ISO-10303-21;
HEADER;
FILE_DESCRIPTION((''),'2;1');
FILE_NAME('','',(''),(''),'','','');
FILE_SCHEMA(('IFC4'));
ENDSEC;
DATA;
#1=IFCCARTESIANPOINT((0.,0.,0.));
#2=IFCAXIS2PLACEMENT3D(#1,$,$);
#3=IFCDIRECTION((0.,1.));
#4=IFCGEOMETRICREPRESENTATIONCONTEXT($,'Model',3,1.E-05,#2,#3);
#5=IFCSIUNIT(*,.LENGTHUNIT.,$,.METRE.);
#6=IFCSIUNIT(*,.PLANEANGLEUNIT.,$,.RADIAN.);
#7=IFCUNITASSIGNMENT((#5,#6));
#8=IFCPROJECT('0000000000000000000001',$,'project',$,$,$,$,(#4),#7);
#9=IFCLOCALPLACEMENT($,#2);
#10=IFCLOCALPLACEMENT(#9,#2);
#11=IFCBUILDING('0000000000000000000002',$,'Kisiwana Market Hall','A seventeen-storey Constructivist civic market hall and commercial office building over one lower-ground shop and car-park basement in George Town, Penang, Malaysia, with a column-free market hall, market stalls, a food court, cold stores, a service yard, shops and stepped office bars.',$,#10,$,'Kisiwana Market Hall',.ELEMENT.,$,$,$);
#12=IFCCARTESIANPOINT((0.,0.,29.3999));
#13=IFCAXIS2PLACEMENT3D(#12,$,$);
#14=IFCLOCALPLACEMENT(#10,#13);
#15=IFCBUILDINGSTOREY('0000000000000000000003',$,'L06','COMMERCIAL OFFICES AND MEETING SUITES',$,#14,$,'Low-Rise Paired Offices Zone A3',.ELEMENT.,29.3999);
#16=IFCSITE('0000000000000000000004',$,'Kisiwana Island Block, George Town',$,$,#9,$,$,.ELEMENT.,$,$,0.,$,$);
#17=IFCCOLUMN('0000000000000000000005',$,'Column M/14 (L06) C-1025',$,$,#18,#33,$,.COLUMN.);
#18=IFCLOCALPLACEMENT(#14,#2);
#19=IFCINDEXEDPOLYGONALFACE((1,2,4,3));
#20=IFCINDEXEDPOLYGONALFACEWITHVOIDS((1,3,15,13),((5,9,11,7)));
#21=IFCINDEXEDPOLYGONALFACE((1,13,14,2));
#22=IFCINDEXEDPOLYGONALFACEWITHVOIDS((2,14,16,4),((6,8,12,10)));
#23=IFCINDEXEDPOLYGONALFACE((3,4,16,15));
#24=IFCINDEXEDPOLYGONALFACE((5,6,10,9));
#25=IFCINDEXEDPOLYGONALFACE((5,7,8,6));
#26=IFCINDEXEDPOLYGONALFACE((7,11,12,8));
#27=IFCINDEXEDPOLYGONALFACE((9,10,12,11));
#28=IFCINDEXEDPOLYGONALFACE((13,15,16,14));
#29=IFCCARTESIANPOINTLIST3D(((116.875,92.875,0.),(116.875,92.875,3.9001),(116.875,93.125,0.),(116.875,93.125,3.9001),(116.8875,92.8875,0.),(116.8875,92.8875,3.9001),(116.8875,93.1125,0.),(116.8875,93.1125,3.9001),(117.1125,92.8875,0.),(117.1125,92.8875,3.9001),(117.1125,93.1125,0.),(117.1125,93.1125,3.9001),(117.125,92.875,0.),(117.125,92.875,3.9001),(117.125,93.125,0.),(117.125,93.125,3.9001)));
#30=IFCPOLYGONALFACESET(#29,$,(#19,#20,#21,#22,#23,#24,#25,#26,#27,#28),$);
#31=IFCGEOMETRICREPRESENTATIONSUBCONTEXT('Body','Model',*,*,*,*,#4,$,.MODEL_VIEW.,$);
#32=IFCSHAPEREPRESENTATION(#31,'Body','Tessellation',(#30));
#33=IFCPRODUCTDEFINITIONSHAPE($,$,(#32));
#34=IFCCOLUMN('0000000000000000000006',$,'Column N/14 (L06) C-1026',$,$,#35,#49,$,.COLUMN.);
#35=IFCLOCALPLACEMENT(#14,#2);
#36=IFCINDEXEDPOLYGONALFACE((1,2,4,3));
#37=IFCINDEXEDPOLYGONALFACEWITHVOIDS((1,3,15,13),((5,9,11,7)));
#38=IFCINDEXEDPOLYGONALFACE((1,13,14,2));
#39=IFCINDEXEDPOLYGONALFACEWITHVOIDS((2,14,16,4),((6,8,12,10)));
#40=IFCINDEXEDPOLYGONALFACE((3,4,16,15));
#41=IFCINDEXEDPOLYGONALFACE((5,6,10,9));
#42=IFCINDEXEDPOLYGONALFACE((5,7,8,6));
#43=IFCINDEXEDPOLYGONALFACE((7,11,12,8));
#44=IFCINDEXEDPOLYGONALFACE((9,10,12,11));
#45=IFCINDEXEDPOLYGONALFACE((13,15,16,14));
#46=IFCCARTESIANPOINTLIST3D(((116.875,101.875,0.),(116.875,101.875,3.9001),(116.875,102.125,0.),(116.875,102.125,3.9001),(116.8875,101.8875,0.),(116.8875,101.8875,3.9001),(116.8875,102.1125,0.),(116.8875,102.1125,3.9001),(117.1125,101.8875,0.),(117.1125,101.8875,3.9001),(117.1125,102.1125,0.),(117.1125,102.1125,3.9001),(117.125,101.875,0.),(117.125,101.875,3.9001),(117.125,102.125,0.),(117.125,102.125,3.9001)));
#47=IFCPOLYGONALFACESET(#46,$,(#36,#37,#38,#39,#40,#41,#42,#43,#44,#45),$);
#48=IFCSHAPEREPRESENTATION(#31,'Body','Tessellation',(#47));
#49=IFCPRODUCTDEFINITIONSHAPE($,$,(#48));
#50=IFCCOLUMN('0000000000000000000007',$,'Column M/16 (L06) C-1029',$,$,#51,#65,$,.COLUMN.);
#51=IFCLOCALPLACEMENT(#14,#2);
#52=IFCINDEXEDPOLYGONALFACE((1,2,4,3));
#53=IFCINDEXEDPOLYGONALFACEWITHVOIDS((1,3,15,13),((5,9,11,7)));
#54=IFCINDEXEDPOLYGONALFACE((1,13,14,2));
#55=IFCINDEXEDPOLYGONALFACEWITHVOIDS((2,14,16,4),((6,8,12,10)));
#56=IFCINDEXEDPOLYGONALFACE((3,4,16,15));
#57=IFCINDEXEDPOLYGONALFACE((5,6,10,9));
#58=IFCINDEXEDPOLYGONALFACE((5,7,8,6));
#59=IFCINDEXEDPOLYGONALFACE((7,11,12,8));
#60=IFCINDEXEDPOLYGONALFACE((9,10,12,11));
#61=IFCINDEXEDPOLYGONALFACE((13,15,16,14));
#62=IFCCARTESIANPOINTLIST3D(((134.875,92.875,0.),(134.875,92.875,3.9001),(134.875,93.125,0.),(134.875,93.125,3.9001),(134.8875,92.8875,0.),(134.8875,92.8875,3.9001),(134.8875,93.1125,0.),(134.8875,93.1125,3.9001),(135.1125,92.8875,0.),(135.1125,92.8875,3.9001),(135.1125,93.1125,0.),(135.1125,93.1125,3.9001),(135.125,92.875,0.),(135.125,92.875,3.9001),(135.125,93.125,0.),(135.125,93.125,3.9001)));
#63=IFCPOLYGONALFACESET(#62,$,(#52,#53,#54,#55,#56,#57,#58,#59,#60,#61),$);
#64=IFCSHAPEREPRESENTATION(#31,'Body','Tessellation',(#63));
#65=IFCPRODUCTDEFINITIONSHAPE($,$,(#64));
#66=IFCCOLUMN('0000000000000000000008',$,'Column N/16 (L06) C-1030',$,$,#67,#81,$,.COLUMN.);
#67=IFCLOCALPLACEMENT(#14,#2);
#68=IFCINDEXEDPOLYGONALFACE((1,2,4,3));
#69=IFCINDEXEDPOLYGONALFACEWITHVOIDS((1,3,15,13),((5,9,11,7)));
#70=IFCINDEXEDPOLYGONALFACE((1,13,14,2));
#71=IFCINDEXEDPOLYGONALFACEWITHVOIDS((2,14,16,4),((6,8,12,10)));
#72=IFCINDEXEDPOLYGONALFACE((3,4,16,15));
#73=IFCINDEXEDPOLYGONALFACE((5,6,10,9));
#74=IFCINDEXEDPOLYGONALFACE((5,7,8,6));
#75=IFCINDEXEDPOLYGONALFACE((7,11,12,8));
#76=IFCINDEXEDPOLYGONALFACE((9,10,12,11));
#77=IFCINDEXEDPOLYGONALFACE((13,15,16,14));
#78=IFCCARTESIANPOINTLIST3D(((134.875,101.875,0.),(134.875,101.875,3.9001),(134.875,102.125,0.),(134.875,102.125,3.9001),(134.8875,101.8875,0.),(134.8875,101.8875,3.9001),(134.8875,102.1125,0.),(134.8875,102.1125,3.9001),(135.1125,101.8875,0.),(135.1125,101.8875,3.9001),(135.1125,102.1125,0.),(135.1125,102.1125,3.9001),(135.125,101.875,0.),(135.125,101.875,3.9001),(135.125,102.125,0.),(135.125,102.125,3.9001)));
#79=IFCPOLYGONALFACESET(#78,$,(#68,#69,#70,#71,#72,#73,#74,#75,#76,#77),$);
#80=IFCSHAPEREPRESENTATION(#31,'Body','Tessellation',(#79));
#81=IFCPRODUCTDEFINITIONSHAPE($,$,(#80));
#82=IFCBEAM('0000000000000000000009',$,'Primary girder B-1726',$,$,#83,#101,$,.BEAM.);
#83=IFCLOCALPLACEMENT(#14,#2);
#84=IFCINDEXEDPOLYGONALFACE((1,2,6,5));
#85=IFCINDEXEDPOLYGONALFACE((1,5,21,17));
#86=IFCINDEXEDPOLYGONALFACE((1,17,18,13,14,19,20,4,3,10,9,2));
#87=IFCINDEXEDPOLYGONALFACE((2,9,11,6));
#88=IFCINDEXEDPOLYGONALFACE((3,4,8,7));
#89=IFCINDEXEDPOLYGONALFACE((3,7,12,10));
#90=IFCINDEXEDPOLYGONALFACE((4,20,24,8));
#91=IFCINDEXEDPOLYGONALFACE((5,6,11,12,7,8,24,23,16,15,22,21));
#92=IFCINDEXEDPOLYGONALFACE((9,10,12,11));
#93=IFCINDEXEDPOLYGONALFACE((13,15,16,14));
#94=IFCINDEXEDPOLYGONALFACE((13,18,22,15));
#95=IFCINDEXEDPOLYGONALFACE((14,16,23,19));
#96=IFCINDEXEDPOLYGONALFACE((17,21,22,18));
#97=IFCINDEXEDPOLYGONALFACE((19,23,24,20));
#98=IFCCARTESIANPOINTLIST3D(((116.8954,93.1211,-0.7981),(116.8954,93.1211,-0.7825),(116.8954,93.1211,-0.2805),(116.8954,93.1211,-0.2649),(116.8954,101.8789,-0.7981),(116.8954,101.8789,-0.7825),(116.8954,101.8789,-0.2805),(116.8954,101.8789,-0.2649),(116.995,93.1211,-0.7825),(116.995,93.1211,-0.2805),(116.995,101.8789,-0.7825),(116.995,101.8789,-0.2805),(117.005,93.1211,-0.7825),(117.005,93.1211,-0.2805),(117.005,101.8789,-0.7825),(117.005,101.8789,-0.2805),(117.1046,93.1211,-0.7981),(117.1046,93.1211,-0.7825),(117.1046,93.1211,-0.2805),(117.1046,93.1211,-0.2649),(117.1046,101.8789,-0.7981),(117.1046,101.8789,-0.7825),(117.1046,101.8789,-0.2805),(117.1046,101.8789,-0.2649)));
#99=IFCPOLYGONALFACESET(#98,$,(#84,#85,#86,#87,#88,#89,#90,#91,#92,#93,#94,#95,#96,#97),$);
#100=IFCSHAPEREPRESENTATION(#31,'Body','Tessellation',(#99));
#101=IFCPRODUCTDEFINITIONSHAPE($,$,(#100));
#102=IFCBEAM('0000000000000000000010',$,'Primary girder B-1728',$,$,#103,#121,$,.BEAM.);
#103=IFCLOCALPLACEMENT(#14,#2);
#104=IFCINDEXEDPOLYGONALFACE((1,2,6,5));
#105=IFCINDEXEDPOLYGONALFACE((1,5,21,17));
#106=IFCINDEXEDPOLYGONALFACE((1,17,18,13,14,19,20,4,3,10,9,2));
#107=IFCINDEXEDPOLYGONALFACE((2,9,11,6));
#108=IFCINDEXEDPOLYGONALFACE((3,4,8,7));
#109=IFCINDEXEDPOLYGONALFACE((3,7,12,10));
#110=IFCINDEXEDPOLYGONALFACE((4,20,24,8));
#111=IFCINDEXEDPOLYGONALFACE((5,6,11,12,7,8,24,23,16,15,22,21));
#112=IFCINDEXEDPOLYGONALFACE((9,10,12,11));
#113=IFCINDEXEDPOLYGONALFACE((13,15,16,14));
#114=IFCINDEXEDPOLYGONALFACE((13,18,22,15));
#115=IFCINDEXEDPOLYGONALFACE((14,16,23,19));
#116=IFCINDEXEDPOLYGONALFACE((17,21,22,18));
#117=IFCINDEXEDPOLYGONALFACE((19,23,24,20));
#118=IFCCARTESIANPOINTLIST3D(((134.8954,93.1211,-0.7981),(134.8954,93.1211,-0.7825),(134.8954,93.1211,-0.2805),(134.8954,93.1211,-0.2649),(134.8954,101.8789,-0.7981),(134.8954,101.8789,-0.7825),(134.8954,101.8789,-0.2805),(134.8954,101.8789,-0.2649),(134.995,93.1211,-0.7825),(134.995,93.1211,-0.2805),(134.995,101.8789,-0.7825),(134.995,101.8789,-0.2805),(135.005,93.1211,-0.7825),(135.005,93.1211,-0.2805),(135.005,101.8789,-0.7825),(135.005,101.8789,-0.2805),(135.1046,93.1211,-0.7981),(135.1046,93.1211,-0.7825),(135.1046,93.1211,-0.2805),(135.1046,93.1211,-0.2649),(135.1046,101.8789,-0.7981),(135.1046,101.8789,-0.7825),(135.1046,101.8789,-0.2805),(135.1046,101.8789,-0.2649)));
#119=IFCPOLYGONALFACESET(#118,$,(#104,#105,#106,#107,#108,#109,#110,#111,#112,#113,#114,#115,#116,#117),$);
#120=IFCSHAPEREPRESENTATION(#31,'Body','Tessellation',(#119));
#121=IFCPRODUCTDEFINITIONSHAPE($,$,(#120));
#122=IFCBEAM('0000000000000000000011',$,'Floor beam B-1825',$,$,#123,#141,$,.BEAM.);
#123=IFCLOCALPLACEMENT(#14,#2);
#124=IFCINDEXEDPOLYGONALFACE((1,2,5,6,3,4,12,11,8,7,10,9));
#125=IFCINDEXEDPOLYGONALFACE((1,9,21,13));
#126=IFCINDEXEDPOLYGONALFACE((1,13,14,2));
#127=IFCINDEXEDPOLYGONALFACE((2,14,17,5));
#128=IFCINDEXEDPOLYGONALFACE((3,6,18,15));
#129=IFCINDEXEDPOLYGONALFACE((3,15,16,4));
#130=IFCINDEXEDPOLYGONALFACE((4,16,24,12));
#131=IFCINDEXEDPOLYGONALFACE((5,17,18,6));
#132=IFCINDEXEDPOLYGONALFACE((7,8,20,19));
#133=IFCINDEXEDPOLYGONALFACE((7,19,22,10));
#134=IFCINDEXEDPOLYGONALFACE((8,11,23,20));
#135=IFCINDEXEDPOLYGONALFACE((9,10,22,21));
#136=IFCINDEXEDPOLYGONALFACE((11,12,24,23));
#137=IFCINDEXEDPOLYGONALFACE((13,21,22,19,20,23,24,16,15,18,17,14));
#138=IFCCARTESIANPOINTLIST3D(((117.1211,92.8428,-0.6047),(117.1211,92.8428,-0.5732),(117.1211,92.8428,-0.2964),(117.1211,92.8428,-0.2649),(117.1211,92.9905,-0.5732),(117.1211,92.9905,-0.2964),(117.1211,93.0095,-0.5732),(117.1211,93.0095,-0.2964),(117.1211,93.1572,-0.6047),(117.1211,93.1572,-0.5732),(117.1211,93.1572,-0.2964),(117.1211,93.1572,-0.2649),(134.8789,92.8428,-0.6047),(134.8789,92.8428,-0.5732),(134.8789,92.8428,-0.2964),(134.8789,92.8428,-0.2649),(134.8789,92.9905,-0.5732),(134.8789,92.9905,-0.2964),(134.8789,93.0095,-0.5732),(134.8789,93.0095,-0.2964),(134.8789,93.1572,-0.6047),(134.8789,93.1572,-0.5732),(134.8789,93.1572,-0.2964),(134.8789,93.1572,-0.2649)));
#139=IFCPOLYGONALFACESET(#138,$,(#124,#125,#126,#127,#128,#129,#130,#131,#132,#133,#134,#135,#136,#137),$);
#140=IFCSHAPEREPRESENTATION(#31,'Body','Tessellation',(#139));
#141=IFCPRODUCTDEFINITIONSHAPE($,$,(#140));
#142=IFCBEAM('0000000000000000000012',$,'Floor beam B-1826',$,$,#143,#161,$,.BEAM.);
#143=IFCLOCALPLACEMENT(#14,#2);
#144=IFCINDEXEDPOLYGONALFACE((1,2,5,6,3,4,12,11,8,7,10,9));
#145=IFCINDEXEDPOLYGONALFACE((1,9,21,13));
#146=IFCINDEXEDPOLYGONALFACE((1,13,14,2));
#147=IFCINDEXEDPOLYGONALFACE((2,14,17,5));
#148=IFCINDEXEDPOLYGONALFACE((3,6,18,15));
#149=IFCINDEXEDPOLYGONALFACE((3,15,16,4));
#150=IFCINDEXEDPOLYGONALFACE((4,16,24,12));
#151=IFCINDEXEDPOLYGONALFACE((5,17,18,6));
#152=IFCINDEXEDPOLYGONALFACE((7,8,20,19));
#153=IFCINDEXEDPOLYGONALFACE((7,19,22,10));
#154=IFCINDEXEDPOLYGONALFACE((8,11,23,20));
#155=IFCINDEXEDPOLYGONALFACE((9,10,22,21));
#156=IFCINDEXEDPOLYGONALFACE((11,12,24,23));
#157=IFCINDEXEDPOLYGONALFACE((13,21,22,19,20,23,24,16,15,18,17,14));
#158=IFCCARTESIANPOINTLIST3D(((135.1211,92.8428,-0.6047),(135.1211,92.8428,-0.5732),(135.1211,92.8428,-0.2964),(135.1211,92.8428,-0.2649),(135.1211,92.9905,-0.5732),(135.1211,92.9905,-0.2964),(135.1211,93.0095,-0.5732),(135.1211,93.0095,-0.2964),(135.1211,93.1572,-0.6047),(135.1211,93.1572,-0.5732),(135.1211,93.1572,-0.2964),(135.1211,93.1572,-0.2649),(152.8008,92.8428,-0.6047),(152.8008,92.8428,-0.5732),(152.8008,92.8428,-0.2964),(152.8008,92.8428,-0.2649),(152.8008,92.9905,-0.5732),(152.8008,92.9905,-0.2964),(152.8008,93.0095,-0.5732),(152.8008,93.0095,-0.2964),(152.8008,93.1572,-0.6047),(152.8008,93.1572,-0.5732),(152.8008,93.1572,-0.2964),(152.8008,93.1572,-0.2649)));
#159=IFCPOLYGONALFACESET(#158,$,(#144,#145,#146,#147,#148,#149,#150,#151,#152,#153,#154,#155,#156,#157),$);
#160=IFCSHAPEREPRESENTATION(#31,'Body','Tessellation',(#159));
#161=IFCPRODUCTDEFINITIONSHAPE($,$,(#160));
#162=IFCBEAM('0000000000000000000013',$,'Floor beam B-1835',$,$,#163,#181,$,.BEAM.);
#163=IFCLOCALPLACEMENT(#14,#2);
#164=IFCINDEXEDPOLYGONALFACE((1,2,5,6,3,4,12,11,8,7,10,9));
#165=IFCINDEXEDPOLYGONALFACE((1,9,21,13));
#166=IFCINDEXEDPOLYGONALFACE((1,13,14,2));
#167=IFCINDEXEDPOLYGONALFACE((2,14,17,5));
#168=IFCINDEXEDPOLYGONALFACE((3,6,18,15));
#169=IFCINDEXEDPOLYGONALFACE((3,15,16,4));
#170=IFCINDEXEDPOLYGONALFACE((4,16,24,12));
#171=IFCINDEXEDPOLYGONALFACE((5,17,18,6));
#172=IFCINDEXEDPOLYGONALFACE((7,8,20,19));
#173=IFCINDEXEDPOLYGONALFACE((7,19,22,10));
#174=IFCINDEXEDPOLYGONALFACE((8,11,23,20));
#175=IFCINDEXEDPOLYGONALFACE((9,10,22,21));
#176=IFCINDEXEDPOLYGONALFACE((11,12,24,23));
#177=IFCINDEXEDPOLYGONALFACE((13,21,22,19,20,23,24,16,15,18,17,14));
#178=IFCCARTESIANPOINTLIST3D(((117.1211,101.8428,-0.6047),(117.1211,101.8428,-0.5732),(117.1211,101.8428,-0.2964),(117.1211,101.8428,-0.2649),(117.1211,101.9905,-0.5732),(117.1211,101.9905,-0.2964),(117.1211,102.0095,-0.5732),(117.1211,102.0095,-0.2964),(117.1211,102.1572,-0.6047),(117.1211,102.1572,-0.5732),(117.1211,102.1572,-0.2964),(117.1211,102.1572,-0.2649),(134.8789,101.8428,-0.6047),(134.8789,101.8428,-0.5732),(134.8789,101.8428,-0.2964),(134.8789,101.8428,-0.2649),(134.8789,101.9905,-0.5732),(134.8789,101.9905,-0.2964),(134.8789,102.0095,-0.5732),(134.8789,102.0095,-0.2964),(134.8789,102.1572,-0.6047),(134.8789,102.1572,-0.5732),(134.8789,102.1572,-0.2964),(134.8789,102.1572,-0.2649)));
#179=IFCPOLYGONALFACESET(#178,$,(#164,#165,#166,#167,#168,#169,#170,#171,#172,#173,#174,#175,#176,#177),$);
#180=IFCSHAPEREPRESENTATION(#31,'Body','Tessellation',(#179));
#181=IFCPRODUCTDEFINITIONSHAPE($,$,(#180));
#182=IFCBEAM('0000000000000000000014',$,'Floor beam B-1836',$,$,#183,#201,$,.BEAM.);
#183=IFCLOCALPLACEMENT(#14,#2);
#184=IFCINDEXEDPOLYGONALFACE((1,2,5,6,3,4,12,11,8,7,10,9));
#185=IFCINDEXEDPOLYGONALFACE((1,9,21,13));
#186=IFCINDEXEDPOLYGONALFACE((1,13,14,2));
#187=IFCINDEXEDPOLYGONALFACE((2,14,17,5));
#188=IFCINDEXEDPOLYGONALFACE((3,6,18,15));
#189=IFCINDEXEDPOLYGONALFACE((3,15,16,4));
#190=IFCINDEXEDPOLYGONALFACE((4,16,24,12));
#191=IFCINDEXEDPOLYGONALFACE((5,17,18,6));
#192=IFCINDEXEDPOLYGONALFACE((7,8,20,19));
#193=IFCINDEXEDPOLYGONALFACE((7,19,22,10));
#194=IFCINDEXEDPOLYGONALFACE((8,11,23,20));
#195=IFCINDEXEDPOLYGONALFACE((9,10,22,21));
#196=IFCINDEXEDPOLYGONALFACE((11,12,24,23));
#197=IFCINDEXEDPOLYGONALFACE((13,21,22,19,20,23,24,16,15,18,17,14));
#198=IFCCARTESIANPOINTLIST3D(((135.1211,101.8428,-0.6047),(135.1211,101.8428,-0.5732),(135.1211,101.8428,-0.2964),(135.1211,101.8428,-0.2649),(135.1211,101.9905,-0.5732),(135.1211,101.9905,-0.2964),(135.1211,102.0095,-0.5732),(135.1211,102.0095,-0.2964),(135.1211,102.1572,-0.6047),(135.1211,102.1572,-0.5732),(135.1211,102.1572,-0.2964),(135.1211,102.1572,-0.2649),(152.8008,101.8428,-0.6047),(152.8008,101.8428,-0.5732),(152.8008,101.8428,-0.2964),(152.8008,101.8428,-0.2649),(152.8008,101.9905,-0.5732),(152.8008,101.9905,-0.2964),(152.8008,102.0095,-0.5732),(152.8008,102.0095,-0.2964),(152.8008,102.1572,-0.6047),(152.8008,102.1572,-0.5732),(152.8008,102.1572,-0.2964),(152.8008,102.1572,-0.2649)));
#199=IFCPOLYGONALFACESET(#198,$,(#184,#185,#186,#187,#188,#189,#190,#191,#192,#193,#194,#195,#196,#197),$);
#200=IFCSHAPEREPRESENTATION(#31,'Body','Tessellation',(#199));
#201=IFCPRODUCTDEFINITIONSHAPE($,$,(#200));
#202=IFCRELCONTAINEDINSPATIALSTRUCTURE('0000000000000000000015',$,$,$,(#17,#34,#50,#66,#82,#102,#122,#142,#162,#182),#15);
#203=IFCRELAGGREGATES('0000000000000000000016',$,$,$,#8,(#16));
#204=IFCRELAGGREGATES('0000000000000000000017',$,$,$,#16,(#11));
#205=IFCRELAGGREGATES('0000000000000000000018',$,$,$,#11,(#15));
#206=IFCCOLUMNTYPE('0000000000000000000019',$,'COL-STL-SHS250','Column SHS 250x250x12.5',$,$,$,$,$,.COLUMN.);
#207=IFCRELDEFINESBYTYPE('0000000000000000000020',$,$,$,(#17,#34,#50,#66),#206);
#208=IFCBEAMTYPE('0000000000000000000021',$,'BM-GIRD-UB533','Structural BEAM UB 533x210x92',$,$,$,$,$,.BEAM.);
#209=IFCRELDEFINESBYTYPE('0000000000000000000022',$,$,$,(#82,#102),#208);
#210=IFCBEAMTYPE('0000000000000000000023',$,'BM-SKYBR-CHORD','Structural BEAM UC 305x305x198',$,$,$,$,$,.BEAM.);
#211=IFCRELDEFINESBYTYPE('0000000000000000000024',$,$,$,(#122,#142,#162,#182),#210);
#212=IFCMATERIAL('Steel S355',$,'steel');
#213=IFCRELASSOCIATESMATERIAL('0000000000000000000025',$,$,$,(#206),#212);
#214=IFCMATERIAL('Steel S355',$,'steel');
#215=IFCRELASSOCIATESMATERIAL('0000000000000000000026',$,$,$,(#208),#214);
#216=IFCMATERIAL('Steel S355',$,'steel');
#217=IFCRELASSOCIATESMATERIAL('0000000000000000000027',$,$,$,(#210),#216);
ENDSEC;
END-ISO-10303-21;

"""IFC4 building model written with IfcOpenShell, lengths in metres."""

from ifc_helpers import new_model, si_unit, direction, frame, origin, origin_2d, place, context, subcontext, project, spatial, hollow_rectangle, i_section, extrude, material, material_profile, profile_set, type_object, element, save


model = new_model("IFC4")

# Units and contexts
model_context = context("Model", 3, precision=1e-05, world=origin(), true_north=direction((0.0, 1.0)))
body_context = subcontext(model_context, "Body", "Model", "MODEL_VIEW")
ifc_project = project(units=[si_unit("LENGTHUNIT", "METRE"), si_unit("PLANEANGLEUNIT", "RADIAN")], contexts=[model_context])

# Site, building, storey
site_placement = place(None, origin())
site = spatial("IfcSite", under=ifc_project, at=site_placement, Name="Kisiwana Island Block, George Town", CompositionType="ELEMENT", RefElevation=0.0)
building_placement = place(site_placement, origin())
building = spatial("IfcBuilding", under=site, at=building_placement, Name="Kisiwana Market Hall", Description="A seventeen-storey Constructivist civic market hall and commercial office building over one lower-ground shop and car-park basement in George Town, Penang, Malaysia, with a column-free market hall, market stalls, a food court, cold stores, a service yard, shops and stepped office bars.", LongName="Kisiwana Market Hall", CompositionType="ELEMENT")
storey_placement = place(building_placement, frame((0.0, 0.0, 29.3999)))
storey = spatial("IfcBuildingStorey", under=building, at=storey_placement, Name="L06", Description="COMMERCIAL OFFICES AND MEETING SUITES", LongName="Low-Rise Paired Offices Zone A3", CompositionType="ELEMENT", Elevation=29.3999)

# Columns
ifc_material_1 = material(Name="Steel S355", Category="steel")
ifc_material_profile_1 = material_profile(ifc_material_1, hollow_rectangle(XDim=0.25, YDim=0.25, WallThickness=0.0125, at=origin_2d()), Name="SHS 250x250x12.5")
ifc_profile_set_1 = profile_set([ifc_material_profile_1], Name="Steel S355")
column_type = type_object("IfcColumnType", Name="COL-STL-SHS250", Description="Column SHS 250x250x12.5", PredefinedType="COLUMN", material=ifc_profile_set_1)
for number, where, z_axis, x_axis, name in (
    (1, (117.0, 93.0, 0.0), (0.0, 0.0, 1.0), (1.0, 0.0, 0.0), "Column M/14 (L06) C-1025"),
    (2, (117.0, 102.0, 0.0), (0.0, 0.0, 1.0), (1.0, 0.0, 0.0), "Column N/14 (L06) C-1026"),
    (3, (135.0, 93.0, 0.0), (0.0, 0.0, 1.0), (1.0, 0.0, 0.0), "Column M/16 (L06) C-1029"),
    (4, (135.0, 102.0, 0.0), (0.0, 0.0, 1.0), (1.0, 0.0, 0.0), "Column N/16 (L06) C-1030"),
):
    element("IfcColumn", number, at=place(storey_placement, frame(where, z_axis=z_axis, x_axis=x_axis)), inside=storey, type_object=column_type, Name=name, PredefinedType="COLUMN", context=body_context, shape_type="SweptSolid", body=[
        extrude(hollow_rectangle(XDim=0.25, YDim=0.25, WallThickness=0.0125, at=origin_2d()), origin(), (0.0, 0.0, 1.0), 3.9001),
    ])

# Beams
ifc_material_2 = material(Name="Steel S355", Category="steel")
ifc_material_profile_2 = material_profile(ifc_material_2, i_section(OverallWidth=0.2092, OverallDepth=0.5332, WebThickness=0.01, FlangeThickness=0.0156, at=origin_2d()), Name="UB 533x210x92")
ifc_profile_set_2 = profile_set([ifc_material_profile_2], Name="Steel S355")
beam_type_1 = type_object("IfcBeamType", Name="BM-GIRD-UB533", Description="Structural BEAM UB 533x210x92", PredefinedType="BEAM", material=ifc_profile_set_2)
for number, where, z_axis, x_axis, name in (
    (5, (117.0, 93.1211, -0.5315), (0.0, 1.0, 0.0), (-1.0, 0.0, 0.0), "Primary girder B-1726"),
    (6, (135.0, 93.1211, -0.5315), (0.0, 1.0, 0.0), (-1.0, 0.0, 0.0), "Primary girder B-1728"),
):
    element("IfcBeam", number, at=place(storey_placement, frame(where, z_axis=z_axis, x_axis=x_axis)), inside=storey, type_object=beam_type_1, Name=name, PredefinedType="BEAM", context=body_context, shape_type="SweptSolid", body=[
        extrude(i_section(OverallWidth=0.2092, OverallDepth=0.5332, WebThickness=0.01, FlangeThickness=0.0156, at=origin_2d()), origin(), (0.0, 0.0, 1.0), 8.7578),
    ])
ifc_material_3 = material(Name="Steel S355", Category="steel")
ifc_material_profile_3 = material_profile(ifc_material_3, i_section(OverallWidth=0.3145, OverallDepth=0.3398, WebThickness=0.019, FlangeThickness=0.0315, at=origin_2d()), Name="UC 305x305x198")
ifc_profile_set_3 = profile_set([ifc_material_profile_3], Name="Steel S355")
beam_type_2 = type_object("IfcBeamType", Name="BM-SKYBR-CHORD", Description="Structural BEAM UC 305x305x198", PredefinedType="BEAM", material=ifc_profile_set_3)
beam_1_placement = place(storey_placement, frame((117.1211, 93.0, -0.4348), z_axis=(1.0, 0.0, 0.0), x_axis=(0.0, 1.0, 0.0)))
element("IfcBeam", 7, at=beam_1_placement, inside=storey, type_object=beam_type_2, Name="Floor beam B-1825", PredefinedType="BEAM", context=body_context, shape_type="SweptSolid", body=[
    extrude(i_section(OverallWidth=0.3145, OverallDepth=0.3398, WebThickness=0.019, FlangeThickness=0.0315, at=origin_2d()), origin(), (0.0, 0.0, 1.0), 17.7578),
])
beam_2_placement = place(storey_placement, frame((135.1211, 93.0, -0.4348), z_axis=(1.0, 0.0, 0.0), x_axis=(0.0, 1.0, 0.0)))
element("IfcBeam", 8, at=beam_2_placement, inside=storey, type_object=beam_type_2, Name="Floor beam B-1826", PredefinedType="BEAM", context=body_context, shape_type="SweptSolid", body=[
    extrude(i_section(OverallWidth=0.3145, OverallDepth=0.3398, WebThickness=0.019, FlangeThickness=0.0315, at=origin_2d()), origin(), (0.0, 0.0, 1.0), 17.6797),
])
beam_3_placement = place(storey_placement, frame((117.1211, 102.0, -0.4348), z_axis=(1.0, 0.0, 0.0), x_axis=(0.0, 1.0, 0.0)))
element("IfcBeam", 9, at=beam_3_placement, inside=storey, type_object=beam_type_2, Name="Floor beam B-1835", PredefinedType="BEAM", context=body_context, shape_type="SweptSolid", body=[
    extrude(i_section(OverallWidth=0.3145, OverallDepth=0.3398, WebThickness=0.019, FlangeThickness=0.0315, at=origin_2d()), origin(), (0.0, 0.0, 1.0), 17.7578),
])
beam_4_placement = place(storey_placement, frame((135.1211, 102.0, -0.4348), z_axis=(1.0, 0.0, 0.0), x_axis=(0.0, 1.0, 0.0)))
element("IfcBeam", 10, at=beam_4_placement, inside=storey, type_object=beam_type_2, Name="Floor beam B-1836", PredefinedType="BEAM", context=body_context, shape_type="SweptSolid", body=[
    extrude(i_section(OverallWidth=0.3145, OverallDepth=0.3398, WebThickness=0.019, FlangeThickness=0.0315, at=origin_2d()), origin(), (0.0, 0.0, 1.0), 17.6797),
])

save(model, "model.ifc")
